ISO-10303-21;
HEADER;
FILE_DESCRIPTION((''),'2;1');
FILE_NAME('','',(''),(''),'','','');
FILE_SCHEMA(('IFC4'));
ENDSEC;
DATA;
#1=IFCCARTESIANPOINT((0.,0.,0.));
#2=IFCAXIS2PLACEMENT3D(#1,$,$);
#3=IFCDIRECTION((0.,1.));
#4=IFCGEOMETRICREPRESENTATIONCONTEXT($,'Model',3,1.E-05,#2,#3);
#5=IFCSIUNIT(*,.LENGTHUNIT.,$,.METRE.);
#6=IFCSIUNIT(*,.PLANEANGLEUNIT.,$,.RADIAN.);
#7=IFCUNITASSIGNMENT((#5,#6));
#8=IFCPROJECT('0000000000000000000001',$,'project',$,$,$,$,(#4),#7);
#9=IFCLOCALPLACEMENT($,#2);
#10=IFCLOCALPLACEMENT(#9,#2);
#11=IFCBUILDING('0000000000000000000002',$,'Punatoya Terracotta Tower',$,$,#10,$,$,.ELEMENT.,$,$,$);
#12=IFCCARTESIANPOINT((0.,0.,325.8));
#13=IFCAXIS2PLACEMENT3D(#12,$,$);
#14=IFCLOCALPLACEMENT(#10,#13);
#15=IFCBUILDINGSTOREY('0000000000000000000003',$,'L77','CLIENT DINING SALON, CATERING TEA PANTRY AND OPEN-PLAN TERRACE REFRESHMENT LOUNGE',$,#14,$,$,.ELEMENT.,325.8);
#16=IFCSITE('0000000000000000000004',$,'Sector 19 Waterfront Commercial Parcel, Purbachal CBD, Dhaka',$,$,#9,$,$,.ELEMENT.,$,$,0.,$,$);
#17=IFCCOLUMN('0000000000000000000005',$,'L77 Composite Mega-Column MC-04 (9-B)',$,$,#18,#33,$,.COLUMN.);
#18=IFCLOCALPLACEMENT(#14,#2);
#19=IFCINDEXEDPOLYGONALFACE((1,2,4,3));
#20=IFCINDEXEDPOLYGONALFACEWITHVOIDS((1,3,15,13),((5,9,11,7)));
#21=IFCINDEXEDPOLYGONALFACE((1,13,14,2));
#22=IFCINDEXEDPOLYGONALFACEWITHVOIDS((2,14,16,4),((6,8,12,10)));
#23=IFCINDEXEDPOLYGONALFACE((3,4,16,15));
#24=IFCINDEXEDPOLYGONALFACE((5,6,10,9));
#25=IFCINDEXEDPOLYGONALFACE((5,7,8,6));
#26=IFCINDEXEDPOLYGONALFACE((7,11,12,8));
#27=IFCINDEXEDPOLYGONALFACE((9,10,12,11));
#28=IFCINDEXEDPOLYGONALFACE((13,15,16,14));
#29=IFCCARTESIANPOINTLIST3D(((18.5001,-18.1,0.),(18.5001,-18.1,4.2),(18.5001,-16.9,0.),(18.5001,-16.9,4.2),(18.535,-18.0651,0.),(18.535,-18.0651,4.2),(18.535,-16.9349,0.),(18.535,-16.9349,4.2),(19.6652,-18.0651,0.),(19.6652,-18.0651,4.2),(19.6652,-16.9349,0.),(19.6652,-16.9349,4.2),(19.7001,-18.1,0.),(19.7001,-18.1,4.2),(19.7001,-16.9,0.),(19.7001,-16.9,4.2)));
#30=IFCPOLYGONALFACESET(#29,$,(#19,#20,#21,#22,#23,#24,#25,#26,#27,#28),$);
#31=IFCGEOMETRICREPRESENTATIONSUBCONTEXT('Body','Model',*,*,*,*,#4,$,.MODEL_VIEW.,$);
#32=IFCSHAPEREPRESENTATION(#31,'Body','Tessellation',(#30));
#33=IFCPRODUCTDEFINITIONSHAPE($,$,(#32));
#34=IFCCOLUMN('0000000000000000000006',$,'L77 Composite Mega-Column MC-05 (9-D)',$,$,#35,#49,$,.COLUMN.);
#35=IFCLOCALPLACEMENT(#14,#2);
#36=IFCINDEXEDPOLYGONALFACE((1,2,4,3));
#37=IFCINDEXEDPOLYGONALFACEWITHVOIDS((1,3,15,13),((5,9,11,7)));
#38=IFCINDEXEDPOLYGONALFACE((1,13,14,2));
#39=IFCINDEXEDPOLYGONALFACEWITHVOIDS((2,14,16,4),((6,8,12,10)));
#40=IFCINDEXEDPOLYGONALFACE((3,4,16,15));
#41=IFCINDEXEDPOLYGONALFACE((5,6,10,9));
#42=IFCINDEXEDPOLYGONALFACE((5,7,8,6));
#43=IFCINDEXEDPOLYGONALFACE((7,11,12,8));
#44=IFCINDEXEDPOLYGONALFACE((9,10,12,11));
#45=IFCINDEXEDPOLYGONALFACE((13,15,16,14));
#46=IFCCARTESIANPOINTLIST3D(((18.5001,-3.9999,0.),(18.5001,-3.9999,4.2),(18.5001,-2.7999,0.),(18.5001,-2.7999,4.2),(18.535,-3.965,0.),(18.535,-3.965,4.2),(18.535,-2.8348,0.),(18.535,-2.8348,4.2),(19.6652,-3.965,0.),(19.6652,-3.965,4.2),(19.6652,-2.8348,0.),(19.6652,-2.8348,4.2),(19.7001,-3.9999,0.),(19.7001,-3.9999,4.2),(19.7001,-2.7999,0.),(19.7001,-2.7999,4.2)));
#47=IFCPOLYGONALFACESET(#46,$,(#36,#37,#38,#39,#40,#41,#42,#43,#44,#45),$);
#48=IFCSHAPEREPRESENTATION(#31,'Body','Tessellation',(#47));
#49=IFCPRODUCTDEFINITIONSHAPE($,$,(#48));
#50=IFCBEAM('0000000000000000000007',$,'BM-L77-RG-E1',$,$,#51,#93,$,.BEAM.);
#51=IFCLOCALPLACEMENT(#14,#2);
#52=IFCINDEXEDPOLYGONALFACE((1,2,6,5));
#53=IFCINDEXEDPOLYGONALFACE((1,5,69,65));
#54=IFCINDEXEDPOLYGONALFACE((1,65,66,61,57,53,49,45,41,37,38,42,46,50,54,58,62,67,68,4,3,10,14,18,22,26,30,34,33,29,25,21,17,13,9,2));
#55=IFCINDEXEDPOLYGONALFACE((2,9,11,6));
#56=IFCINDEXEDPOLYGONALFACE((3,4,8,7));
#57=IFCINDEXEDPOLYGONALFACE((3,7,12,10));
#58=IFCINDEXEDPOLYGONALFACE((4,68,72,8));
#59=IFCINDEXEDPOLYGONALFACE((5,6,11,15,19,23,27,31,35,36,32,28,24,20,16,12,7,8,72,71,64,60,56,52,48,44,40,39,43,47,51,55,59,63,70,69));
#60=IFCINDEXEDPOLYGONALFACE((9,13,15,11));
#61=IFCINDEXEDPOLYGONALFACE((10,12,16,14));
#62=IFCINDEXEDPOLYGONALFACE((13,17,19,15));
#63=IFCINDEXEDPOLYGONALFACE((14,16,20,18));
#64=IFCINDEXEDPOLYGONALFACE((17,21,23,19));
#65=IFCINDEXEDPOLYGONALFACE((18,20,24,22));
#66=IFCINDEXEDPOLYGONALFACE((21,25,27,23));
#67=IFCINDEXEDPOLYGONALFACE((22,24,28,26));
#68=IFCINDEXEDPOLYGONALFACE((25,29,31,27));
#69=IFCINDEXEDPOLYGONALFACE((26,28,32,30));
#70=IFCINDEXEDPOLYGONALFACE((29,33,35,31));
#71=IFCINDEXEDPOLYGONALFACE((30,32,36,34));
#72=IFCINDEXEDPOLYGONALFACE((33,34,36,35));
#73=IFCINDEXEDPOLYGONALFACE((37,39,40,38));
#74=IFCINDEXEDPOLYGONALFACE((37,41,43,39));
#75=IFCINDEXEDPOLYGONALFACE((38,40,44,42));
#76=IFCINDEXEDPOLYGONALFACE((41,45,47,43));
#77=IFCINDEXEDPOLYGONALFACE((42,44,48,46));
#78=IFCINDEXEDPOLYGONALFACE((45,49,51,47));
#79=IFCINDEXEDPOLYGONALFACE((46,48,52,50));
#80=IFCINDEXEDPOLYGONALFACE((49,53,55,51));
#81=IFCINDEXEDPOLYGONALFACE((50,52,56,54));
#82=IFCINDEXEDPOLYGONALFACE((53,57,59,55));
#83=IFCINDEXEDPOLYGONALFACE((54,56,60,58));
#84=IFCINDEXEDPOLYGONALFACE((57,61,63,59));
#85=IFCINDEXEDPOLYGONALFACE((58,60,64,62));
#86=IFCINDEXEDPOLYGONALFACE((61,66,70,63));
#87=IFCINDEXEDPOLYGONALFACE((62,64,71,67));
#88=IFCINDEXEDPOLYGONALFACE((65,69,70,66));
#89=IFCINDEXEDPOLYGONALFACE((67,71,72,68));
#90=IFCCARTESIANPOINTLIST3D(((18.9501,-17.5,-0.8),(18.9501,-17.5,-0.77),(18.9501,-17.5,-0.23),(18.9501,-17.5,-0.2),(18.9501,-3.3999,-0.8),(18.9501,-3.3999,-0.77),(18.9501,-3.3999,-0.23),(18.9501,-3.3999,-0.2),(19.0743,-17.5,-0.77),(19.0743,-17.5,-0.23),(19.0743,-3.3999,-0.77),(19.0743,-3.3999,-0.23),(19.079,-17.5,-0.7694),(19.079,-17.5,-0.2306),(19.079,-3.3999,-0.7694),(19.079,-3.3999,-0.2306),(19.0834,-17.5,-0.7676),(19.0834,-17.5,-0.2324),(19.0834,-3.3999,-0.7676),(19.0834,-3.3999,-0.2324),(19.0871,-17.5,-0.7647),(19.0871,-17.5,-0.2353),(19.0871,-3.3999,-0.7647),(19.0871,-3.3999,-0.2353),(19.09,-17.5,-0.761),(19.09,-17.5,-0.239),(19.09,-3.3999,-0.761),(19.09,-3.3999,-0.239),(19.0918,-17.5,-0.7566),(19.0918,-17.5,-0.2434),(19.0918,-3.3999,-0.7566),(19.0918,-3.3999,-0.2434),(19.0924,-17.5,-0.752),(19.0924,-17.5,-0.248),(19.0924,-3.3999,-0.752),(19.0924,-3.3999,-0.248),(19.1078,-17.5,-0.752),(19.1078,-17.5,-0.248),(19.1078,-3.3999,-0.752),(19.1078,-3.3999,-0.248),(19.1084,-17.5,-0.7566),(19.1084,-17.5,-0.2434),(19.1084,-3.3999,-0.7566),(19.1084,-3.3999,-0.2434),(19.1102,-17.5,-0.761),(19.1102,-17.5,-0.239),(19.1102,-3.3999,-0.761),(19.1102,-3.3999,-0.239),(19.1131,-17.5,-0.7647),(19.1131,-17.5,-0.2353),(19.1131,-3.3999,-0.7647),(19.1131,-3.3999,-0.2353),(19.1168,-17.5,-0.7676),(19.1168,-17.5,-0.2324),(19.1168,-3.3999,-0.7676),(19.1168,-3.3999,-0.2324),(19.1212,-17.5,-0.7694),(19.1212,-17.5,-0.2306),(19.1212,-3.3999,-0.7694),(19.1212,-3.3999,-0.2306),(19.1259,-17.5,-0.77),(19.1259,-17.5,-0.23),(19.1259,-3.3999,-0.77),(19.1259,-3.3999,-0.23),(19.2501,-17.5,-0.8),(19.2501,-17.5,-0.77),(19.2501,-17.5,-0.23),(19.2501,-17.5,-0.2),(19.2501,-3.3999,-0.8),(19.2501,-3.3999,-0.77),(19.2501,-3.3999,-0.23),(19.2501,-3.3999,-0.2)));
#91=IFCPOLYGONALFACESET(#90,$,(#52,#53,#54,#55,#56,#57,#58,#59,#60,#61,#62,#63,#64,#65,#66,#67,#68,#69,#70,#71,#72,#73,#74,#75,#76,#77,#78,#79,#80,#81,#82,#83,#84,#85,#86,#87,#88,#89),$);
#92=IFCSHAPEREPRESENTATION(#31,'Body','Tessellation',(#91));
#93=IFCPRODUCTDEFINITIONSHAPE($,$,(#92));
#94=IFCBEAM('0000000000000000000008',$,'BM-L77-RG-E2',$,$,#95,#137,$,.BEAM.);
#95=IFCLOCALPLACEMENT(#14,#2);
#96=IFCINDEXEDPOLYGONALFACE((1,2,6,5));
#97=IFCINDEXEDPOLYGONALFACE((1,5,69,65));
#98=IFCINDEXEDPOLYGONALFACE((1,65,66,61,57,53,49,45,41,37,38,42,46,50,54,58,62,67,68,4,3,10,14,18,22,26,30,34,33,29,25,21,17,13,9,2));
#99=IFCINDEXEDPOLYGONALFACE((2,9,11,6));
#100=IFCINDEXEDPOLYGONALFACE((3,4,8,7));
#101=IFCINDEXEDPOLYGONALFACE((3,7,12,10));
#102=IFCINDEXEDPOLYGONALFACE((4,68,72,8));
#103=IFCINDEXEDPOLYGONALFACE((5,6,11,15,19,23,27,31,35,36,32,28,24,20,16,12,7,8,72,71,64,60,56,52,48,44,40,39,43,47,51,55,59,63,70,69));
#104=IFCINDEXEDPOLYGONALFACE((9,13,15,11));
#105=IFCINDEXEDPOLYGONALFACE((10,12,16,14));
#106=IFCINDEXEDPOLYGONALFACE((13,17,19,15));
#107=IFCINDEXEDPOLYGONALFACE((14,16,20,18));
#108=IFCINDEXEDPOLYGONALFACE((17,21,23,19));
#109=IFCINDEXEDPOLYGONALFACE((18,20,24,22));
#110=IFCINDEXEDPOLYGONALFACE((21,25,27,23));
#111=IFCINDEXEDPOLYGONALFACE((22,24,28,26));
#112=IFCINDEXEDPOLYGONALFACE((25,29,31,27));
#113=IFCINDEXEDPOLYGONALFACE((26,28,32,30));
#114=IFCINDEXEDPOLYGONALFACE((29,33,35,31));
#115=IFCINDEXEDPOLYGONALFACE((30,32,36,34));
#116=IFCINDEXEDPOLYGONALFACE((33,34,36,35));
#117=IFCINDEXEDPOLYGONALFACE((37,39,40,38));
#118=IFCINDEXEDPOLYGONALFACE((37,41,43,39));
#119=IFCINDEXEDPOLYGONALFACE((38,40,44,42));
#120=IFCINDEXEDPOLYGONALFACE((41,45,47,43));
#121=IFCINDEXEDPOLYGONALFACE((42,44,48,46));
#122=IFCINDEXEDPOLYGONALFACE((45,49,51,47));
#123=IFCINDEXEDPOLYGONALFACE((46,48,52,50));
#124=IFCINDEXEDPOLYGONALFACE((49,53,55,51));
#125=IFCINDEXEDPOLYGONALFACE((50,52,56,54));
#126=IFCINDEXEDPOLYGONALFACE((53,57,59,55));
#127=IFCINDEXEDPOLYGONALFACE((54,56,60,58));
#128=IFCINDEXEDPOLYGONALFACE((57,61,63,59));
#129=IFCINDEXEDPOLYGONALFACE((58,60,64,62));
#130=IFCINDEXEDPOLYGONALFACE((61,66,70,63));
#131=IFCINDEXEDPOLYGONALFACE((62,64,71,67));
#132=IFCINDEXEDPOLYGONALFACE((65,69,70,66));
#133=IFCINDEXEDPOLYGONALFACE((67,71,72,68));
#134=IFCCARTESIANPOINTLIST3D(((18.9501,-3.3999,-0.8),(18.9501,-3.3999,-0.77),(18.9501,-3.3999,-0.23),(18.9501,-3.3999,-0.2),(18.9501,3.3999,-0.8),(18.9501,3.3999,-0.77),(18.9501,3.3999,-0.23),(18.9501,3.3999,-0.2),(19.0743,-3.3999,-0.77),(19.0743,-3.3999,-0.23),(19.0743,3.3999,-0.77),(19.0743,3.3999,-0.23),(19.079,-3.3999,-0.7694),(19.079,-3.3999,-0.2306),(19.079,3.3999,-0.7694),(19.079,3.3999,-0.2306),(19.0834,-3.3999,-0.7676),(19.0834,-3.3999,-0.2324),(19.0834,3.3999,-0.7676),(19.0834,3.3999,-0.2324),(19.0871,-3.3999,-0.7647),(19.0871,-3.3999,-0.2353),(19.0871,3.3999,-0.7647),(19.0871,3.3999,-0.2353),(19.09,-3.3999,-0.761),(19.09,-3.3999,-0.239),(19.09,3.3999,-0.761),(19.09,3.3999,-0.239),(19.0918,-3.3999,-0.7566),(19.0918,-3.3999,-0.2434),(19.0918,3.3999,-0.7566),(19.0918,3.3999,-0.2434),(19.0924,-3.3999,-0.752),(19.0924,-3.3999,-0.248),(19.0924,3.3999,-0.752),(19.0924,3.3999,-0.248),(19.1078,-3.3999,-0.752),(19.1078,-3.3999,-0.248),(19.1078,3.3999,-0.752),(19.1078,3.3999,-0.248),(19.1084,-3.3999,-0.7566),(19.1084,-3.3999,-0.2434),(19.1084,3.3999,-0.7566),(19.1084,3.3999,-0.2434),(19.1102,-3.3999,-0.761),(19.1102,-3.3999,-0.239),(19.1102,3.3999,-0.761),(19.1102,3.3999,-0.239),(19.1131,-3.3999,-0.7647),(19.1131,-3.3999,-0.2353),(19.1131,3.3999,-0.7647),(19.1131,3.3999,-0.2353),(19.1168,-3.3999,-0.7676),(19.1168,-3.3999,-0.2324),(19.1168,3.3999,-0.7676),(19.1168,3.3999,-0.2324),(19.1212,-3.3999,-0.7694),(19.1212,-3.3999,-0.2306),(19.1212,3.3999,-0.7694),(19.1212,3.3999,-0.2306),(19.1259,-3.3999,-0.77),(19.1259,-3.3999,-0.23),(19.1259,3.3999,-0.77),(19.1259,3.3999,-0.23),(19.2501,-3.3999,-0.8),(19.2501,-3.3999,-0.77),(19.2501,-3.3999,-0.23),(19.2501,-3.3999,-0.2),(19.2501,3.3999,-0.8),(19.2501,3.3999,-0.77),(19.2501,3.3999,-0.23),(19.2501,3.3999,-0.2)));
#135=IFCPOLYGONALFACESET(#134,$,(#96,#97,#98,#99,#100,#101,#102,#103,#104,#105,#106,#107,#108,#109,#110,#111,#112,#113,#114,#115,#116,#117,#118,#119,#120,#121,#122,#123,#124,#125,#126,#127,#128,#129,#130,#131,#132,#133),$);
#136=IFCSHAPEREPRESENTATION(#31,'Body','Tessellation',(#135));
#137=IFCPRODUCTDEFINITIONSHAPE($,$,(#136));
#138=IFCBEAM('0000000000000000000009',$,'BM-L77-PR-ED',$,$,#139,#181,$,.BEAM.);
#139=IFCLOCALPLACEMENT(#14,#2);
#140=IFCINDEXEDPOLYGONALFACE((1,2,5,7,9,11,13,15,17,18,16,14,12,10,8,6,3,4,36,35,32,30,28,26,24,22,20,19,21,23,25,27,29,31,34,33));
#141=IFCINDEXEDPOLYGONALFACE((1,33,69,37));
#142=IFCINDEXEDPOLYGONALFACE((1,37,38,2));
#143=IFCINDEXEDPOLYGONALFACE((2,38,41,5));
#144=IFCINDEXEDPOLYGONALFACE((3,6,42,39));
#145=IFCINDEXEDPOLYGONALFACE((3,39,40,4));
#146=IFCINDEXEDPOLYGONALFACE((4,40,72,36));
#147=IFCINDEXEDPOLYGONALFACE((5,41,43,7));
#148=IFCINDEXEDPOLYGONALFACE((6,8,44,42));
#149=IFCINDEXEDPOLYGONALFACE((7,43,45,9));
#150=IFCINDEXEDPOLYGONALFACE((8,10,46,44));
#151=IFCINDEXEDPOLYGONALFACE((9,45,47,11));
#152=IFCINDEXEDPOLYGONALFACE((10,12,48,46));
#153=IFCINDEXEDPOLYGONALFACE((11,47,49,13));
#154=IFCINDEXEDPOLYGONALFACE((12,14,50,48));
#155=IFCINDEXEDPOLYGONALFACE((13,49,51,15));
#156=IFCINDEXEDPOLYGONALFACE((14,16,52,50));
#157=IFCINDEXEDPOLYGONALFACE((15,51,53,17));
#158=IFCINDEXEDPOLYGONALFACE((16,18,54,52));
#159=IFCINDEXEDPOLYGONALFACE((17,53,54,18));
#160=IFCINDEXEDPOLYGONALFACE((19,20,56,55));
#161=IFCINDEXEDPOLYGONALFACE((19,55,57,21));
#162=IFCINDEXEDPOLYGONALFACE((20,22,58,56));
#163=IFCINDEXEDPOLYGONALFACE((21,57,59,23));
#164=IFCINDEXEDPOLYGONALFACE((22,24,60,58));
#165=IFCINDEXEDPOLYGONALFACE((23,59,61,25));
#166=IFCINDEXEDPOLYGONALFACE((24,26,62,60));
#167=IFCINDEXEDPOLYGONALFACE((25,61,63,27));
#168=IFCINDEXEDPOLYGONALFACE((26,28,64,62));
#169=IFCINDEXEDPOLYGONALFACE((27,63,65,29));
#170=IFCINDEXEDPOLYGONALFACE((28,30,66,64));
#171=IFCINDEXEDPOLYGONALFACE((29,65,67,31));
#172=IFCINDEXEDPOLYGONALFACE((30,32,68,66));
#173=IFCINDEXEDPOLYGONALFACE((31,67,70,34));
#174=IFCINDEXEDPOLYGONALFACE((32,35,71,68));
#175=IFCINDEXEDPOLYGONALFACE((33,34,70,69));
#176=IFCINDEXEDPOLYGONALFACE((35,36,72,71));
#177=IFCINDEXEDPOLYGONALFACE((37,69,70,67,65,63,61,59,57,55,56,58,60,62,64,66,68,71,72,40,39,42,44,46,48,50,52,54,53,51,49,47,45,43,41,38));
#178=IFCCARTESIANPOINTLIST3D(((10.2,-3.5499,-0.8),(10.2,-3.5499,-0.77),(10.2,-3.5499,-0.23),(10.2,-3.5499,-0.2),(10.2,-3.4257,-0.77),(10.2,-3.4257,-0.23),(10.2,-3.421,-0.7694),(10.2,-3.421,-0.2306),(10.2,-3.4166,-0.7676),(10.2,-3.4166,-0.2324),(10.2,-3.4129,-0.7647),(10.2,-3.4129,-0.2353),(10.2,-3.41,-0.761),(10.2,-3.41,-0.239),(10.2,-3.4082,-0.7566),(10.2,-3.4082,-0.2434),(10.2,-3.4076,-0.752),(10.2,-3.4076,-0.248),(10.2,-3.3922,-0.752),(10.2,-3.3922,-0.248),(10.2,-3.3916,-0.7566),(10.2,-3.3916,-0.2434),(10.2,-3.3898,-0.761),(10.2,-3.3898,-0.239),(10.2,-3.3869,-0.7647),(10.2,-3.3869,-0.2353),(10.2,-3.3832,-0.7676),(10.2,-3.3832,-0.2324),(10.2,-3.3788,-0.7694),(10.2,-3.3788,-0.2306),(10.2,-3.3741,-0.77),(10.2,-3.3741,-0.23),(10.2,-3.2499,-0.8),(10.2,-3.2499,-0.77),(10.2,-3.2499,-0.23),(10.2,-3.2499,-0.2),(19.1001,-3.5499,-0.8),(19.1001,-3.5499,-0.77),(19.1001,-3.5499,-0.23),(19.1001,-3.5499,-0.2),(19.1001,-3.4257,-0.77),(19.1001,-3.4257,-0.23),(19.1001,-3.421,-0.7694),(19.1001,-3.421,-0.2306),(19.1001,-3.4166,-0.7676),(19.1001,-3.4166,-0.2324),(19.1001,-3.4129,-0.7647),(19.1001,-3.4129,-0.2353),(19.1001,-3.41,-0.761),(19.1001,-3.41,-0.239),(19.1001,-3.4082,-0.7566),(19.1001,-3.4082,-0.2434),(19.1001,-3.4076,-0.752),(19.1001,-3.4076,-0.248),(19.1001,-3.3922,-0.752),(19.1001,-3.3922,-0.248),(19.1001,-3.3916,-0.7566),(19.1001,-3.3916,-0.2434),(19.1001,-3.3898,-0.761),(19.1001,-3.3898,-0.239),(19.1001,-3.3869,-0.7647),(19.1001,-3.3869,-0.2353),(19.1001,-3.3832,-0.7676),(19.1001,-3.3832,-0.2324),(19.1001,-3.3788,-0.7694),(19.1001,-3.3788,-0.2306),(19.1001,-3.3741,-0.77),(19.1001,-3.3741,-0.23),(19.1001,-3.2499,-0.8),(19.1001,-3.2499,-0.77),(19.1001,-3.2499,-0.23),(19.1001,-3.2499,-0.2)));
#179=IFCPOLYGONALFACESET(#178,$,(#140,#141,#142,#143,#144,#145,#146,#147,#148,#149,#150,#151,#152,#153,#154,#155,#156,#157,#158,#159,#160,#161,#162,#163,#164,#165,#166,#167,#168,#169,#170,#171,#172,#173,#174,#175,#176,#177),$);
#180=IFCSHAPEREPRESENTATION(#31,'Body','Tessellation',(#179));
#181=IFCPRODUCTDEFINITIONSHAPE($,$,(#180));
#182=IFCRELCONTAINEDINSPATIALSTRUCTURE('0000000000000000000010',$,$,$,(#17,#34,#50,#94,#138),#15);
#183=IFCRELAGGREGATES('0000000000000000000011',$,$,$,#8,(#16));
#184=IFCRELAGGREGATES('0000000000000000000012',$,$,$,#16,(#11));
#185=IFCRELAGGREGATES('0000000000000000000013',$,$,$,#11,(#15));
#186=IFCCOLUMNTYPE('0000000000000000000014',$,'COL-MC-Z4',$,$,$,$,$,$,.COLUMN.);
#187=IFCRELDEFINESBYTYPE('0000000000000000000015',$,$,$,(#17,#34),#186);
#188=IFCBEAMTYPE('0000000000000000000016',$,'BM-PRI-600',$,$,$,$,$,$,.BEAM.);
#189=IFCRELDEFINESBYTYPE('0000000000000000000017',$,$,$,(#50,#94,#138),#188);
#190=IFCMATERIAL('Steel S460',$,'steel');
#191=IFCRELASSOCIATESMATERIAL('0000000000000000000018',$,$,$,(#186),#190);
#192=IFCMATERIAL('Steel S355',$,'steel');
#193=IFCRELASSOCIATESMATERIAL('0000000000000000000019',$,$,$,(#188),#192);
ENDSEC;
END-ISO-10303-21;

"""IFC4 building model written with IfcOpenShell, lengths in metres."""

from ifc_helpers import new_model, si_unit, direction, frame, origin, origin_2d, place, context, subcontext, project, spatial, hollow_rectangle, i_section, extrude, material, material_profile, profile_set, type_object, element, save


model = new_model("IFC4")

# Units and contexts
model_context = context("Model", 3, precision=1e-05, world=origin(), true_north=direction((0.0, 1.0)))
body_context = subcontext(model_context, "Body", "Model", "MODEL_VIEW")
ifc_project = project(units=[si_unit("LENGTHUNIT", "METRE"), si_unit("PLANEANGLEUNIT", "RADIAN")], contexts=[model_context])

# Site, building, storey
site_placement = place(None, origin())
site = spatial("IfcSite", under=ifc_project, at=site_placement, Name="Sector 19 Waterfront Commercial Parcel, Purbachal CBD, Dhaka", CompositionType="ELEMENT", RefElevation=0.0)
building_placement = place(site_placement, origin())
building = spatial("IfcBuilding", under=site, at=building_placement, Name="Punatoya Terracotta Tower", CompositionType="ELEMENT")
storey_placement = place(building_placement, frame((0.0, 0.0, 325.8)))
storey = spatial("IfcBuildingStorey", under=building, at=storey_placement, Name="L77", Description="CLIENT DINING SALON, CATERING TEA PANTRY AND OPEN-PLAN TERRACE REFRESHMENT LOUNGE", CompositionType="ELEMENT", Elevation=325.8)

# Columns
ifc_material_1 = material(Name="Steel S460", Category="steel")
ifc_material_profile_1 = material_profile(ifc_material_1, hollow_rectangle(XDim=1.2, YDim=1.2, WallThickness=0.0349, at=origin_2d()))
ifc_profile_set_1 = profile_set([ifc_material_profile_1], Name="Steel S460")
column_type = type_object("IfcColumnType", Name="COL-MC-Z4", PredefinedType="COLUMN", material=ifc_profile_set_1)
for number, where, z_axis, x_axis, name in (
    (1, (19.1001, -17.5, 0.0), (0.0, 0.0, 1.0), (1.0, 0.0, 0.0), "L77 Composite Mega-Column MC-04 (9-B)"),
    (2, (19.1001, -3.3999, 0.0), (0.0, 0.0, 1.0), (1.0, 0.0, 0.0), "L77 Composite Mega-Column MC-05 (9-D)"),
):
    element("IfcColumn", number, at=place(storey_placement, frame(where, z_axis=z_axis, x_axis=x_axis)), inside=storey, type_object=column_type, Name=name, PredefinedType="COLUMN", context=body_context, shape_type="SweptSolid", body=[
        extrude(hollow_rectangle(XDim=1.2, YDim=1.2, WallThickness=0.0349, at=origin_2d()), origin(), (0.0, 0.0, 1.0), 4.2),
    ])

# Beams
ifc_material_2 = material(Name="Steel S355", Category="steel")
ifc_material_profile_2 = material_profile(ifc_material_2, i_section(OverallWidth=0.3, OverallDepth=0.6001, WebThickness=0.0154, FlangeThickness=0.03, FilletRadius=0.0181, at=origin_2d()))
ifc_profile_set_2 = profile_set([ifc_material_profile_2], Name="Steel S355")
beam_type_1 = type_object("IfcBeamType", Name="BM-PRI-600", PredefinedType="BEAM", material=ifc_profile_set_2)
beam_1_placement = place(storey_placement, frame((19.1001, -17.5, -0.5), z_axis=(0.0, 1.0, 0.0), x_axis=(-1.0, 0.0, 0.0)))
element("IfcBeam", 3, at=beam_1_placement, inside=storey, type_object=beam_type_1, Name="BM-L77-RG-E1", PredefinedType="BEAM", context=body_context, shape_type="SweptSolid", body=[
    extrude(i_section(OverallWidth=0.3, OverallDepth=0.6001, WebThickness=0.0154, FlangeThickness=0.03, FilletRadius=0.0181, at=origin_2d()), origin(), (0.0, 0.0, 1.0), 14.1001),
])
beam_2_placement = place(storey_placement, frame((19.1001, -3.3999, -0.5), z_axis=(0.0, 1.0, 0.0), x_axis=(-1.0, 0.0, 0.0)))
element("IfcBeam", 4, at=beam_2_placement, inside=storey, type_object=beam_type_1, Name="BM-L77-RG-E2", PredefinedType="BEAM", context=body_context, shape_type="SweptSolid", body=[
    extrude(i_section(OverallWidth=0.3, OverallDepth=0.6001, WebThickness=0.0154, FlangeThickness=0.03, FilletRadius=0.0181, at=origin_2d()), origin(), (0.0, 0.0, 1.0), 6.7998),
])
beam_3_placement = place(storey_placement, frame((10.2, -3.3999, -0.5), z_axis=(1.0, 0.0, 0.0), x_axis=(0.0, 1.0, 0.0)))
element("IfcBeam", 5, at=beam_3_placement, inside=storey, type_object=beam_type_1, Name="BM-L77-PR-ED", PredefinedType="BEAM", context=body_context, shape_type="SweptSolid", body=[
    extrude(i_section(OverallWidth=0.3, OverallDepth=0.6001, WebThickness=0.0154, FlangeThickness=0.03, FilletRadius=0.0181, at=origin_2d()), origin(), (0.0, 0.0, 1.0), 8.9001),
])

save(model, "model.ifc")
